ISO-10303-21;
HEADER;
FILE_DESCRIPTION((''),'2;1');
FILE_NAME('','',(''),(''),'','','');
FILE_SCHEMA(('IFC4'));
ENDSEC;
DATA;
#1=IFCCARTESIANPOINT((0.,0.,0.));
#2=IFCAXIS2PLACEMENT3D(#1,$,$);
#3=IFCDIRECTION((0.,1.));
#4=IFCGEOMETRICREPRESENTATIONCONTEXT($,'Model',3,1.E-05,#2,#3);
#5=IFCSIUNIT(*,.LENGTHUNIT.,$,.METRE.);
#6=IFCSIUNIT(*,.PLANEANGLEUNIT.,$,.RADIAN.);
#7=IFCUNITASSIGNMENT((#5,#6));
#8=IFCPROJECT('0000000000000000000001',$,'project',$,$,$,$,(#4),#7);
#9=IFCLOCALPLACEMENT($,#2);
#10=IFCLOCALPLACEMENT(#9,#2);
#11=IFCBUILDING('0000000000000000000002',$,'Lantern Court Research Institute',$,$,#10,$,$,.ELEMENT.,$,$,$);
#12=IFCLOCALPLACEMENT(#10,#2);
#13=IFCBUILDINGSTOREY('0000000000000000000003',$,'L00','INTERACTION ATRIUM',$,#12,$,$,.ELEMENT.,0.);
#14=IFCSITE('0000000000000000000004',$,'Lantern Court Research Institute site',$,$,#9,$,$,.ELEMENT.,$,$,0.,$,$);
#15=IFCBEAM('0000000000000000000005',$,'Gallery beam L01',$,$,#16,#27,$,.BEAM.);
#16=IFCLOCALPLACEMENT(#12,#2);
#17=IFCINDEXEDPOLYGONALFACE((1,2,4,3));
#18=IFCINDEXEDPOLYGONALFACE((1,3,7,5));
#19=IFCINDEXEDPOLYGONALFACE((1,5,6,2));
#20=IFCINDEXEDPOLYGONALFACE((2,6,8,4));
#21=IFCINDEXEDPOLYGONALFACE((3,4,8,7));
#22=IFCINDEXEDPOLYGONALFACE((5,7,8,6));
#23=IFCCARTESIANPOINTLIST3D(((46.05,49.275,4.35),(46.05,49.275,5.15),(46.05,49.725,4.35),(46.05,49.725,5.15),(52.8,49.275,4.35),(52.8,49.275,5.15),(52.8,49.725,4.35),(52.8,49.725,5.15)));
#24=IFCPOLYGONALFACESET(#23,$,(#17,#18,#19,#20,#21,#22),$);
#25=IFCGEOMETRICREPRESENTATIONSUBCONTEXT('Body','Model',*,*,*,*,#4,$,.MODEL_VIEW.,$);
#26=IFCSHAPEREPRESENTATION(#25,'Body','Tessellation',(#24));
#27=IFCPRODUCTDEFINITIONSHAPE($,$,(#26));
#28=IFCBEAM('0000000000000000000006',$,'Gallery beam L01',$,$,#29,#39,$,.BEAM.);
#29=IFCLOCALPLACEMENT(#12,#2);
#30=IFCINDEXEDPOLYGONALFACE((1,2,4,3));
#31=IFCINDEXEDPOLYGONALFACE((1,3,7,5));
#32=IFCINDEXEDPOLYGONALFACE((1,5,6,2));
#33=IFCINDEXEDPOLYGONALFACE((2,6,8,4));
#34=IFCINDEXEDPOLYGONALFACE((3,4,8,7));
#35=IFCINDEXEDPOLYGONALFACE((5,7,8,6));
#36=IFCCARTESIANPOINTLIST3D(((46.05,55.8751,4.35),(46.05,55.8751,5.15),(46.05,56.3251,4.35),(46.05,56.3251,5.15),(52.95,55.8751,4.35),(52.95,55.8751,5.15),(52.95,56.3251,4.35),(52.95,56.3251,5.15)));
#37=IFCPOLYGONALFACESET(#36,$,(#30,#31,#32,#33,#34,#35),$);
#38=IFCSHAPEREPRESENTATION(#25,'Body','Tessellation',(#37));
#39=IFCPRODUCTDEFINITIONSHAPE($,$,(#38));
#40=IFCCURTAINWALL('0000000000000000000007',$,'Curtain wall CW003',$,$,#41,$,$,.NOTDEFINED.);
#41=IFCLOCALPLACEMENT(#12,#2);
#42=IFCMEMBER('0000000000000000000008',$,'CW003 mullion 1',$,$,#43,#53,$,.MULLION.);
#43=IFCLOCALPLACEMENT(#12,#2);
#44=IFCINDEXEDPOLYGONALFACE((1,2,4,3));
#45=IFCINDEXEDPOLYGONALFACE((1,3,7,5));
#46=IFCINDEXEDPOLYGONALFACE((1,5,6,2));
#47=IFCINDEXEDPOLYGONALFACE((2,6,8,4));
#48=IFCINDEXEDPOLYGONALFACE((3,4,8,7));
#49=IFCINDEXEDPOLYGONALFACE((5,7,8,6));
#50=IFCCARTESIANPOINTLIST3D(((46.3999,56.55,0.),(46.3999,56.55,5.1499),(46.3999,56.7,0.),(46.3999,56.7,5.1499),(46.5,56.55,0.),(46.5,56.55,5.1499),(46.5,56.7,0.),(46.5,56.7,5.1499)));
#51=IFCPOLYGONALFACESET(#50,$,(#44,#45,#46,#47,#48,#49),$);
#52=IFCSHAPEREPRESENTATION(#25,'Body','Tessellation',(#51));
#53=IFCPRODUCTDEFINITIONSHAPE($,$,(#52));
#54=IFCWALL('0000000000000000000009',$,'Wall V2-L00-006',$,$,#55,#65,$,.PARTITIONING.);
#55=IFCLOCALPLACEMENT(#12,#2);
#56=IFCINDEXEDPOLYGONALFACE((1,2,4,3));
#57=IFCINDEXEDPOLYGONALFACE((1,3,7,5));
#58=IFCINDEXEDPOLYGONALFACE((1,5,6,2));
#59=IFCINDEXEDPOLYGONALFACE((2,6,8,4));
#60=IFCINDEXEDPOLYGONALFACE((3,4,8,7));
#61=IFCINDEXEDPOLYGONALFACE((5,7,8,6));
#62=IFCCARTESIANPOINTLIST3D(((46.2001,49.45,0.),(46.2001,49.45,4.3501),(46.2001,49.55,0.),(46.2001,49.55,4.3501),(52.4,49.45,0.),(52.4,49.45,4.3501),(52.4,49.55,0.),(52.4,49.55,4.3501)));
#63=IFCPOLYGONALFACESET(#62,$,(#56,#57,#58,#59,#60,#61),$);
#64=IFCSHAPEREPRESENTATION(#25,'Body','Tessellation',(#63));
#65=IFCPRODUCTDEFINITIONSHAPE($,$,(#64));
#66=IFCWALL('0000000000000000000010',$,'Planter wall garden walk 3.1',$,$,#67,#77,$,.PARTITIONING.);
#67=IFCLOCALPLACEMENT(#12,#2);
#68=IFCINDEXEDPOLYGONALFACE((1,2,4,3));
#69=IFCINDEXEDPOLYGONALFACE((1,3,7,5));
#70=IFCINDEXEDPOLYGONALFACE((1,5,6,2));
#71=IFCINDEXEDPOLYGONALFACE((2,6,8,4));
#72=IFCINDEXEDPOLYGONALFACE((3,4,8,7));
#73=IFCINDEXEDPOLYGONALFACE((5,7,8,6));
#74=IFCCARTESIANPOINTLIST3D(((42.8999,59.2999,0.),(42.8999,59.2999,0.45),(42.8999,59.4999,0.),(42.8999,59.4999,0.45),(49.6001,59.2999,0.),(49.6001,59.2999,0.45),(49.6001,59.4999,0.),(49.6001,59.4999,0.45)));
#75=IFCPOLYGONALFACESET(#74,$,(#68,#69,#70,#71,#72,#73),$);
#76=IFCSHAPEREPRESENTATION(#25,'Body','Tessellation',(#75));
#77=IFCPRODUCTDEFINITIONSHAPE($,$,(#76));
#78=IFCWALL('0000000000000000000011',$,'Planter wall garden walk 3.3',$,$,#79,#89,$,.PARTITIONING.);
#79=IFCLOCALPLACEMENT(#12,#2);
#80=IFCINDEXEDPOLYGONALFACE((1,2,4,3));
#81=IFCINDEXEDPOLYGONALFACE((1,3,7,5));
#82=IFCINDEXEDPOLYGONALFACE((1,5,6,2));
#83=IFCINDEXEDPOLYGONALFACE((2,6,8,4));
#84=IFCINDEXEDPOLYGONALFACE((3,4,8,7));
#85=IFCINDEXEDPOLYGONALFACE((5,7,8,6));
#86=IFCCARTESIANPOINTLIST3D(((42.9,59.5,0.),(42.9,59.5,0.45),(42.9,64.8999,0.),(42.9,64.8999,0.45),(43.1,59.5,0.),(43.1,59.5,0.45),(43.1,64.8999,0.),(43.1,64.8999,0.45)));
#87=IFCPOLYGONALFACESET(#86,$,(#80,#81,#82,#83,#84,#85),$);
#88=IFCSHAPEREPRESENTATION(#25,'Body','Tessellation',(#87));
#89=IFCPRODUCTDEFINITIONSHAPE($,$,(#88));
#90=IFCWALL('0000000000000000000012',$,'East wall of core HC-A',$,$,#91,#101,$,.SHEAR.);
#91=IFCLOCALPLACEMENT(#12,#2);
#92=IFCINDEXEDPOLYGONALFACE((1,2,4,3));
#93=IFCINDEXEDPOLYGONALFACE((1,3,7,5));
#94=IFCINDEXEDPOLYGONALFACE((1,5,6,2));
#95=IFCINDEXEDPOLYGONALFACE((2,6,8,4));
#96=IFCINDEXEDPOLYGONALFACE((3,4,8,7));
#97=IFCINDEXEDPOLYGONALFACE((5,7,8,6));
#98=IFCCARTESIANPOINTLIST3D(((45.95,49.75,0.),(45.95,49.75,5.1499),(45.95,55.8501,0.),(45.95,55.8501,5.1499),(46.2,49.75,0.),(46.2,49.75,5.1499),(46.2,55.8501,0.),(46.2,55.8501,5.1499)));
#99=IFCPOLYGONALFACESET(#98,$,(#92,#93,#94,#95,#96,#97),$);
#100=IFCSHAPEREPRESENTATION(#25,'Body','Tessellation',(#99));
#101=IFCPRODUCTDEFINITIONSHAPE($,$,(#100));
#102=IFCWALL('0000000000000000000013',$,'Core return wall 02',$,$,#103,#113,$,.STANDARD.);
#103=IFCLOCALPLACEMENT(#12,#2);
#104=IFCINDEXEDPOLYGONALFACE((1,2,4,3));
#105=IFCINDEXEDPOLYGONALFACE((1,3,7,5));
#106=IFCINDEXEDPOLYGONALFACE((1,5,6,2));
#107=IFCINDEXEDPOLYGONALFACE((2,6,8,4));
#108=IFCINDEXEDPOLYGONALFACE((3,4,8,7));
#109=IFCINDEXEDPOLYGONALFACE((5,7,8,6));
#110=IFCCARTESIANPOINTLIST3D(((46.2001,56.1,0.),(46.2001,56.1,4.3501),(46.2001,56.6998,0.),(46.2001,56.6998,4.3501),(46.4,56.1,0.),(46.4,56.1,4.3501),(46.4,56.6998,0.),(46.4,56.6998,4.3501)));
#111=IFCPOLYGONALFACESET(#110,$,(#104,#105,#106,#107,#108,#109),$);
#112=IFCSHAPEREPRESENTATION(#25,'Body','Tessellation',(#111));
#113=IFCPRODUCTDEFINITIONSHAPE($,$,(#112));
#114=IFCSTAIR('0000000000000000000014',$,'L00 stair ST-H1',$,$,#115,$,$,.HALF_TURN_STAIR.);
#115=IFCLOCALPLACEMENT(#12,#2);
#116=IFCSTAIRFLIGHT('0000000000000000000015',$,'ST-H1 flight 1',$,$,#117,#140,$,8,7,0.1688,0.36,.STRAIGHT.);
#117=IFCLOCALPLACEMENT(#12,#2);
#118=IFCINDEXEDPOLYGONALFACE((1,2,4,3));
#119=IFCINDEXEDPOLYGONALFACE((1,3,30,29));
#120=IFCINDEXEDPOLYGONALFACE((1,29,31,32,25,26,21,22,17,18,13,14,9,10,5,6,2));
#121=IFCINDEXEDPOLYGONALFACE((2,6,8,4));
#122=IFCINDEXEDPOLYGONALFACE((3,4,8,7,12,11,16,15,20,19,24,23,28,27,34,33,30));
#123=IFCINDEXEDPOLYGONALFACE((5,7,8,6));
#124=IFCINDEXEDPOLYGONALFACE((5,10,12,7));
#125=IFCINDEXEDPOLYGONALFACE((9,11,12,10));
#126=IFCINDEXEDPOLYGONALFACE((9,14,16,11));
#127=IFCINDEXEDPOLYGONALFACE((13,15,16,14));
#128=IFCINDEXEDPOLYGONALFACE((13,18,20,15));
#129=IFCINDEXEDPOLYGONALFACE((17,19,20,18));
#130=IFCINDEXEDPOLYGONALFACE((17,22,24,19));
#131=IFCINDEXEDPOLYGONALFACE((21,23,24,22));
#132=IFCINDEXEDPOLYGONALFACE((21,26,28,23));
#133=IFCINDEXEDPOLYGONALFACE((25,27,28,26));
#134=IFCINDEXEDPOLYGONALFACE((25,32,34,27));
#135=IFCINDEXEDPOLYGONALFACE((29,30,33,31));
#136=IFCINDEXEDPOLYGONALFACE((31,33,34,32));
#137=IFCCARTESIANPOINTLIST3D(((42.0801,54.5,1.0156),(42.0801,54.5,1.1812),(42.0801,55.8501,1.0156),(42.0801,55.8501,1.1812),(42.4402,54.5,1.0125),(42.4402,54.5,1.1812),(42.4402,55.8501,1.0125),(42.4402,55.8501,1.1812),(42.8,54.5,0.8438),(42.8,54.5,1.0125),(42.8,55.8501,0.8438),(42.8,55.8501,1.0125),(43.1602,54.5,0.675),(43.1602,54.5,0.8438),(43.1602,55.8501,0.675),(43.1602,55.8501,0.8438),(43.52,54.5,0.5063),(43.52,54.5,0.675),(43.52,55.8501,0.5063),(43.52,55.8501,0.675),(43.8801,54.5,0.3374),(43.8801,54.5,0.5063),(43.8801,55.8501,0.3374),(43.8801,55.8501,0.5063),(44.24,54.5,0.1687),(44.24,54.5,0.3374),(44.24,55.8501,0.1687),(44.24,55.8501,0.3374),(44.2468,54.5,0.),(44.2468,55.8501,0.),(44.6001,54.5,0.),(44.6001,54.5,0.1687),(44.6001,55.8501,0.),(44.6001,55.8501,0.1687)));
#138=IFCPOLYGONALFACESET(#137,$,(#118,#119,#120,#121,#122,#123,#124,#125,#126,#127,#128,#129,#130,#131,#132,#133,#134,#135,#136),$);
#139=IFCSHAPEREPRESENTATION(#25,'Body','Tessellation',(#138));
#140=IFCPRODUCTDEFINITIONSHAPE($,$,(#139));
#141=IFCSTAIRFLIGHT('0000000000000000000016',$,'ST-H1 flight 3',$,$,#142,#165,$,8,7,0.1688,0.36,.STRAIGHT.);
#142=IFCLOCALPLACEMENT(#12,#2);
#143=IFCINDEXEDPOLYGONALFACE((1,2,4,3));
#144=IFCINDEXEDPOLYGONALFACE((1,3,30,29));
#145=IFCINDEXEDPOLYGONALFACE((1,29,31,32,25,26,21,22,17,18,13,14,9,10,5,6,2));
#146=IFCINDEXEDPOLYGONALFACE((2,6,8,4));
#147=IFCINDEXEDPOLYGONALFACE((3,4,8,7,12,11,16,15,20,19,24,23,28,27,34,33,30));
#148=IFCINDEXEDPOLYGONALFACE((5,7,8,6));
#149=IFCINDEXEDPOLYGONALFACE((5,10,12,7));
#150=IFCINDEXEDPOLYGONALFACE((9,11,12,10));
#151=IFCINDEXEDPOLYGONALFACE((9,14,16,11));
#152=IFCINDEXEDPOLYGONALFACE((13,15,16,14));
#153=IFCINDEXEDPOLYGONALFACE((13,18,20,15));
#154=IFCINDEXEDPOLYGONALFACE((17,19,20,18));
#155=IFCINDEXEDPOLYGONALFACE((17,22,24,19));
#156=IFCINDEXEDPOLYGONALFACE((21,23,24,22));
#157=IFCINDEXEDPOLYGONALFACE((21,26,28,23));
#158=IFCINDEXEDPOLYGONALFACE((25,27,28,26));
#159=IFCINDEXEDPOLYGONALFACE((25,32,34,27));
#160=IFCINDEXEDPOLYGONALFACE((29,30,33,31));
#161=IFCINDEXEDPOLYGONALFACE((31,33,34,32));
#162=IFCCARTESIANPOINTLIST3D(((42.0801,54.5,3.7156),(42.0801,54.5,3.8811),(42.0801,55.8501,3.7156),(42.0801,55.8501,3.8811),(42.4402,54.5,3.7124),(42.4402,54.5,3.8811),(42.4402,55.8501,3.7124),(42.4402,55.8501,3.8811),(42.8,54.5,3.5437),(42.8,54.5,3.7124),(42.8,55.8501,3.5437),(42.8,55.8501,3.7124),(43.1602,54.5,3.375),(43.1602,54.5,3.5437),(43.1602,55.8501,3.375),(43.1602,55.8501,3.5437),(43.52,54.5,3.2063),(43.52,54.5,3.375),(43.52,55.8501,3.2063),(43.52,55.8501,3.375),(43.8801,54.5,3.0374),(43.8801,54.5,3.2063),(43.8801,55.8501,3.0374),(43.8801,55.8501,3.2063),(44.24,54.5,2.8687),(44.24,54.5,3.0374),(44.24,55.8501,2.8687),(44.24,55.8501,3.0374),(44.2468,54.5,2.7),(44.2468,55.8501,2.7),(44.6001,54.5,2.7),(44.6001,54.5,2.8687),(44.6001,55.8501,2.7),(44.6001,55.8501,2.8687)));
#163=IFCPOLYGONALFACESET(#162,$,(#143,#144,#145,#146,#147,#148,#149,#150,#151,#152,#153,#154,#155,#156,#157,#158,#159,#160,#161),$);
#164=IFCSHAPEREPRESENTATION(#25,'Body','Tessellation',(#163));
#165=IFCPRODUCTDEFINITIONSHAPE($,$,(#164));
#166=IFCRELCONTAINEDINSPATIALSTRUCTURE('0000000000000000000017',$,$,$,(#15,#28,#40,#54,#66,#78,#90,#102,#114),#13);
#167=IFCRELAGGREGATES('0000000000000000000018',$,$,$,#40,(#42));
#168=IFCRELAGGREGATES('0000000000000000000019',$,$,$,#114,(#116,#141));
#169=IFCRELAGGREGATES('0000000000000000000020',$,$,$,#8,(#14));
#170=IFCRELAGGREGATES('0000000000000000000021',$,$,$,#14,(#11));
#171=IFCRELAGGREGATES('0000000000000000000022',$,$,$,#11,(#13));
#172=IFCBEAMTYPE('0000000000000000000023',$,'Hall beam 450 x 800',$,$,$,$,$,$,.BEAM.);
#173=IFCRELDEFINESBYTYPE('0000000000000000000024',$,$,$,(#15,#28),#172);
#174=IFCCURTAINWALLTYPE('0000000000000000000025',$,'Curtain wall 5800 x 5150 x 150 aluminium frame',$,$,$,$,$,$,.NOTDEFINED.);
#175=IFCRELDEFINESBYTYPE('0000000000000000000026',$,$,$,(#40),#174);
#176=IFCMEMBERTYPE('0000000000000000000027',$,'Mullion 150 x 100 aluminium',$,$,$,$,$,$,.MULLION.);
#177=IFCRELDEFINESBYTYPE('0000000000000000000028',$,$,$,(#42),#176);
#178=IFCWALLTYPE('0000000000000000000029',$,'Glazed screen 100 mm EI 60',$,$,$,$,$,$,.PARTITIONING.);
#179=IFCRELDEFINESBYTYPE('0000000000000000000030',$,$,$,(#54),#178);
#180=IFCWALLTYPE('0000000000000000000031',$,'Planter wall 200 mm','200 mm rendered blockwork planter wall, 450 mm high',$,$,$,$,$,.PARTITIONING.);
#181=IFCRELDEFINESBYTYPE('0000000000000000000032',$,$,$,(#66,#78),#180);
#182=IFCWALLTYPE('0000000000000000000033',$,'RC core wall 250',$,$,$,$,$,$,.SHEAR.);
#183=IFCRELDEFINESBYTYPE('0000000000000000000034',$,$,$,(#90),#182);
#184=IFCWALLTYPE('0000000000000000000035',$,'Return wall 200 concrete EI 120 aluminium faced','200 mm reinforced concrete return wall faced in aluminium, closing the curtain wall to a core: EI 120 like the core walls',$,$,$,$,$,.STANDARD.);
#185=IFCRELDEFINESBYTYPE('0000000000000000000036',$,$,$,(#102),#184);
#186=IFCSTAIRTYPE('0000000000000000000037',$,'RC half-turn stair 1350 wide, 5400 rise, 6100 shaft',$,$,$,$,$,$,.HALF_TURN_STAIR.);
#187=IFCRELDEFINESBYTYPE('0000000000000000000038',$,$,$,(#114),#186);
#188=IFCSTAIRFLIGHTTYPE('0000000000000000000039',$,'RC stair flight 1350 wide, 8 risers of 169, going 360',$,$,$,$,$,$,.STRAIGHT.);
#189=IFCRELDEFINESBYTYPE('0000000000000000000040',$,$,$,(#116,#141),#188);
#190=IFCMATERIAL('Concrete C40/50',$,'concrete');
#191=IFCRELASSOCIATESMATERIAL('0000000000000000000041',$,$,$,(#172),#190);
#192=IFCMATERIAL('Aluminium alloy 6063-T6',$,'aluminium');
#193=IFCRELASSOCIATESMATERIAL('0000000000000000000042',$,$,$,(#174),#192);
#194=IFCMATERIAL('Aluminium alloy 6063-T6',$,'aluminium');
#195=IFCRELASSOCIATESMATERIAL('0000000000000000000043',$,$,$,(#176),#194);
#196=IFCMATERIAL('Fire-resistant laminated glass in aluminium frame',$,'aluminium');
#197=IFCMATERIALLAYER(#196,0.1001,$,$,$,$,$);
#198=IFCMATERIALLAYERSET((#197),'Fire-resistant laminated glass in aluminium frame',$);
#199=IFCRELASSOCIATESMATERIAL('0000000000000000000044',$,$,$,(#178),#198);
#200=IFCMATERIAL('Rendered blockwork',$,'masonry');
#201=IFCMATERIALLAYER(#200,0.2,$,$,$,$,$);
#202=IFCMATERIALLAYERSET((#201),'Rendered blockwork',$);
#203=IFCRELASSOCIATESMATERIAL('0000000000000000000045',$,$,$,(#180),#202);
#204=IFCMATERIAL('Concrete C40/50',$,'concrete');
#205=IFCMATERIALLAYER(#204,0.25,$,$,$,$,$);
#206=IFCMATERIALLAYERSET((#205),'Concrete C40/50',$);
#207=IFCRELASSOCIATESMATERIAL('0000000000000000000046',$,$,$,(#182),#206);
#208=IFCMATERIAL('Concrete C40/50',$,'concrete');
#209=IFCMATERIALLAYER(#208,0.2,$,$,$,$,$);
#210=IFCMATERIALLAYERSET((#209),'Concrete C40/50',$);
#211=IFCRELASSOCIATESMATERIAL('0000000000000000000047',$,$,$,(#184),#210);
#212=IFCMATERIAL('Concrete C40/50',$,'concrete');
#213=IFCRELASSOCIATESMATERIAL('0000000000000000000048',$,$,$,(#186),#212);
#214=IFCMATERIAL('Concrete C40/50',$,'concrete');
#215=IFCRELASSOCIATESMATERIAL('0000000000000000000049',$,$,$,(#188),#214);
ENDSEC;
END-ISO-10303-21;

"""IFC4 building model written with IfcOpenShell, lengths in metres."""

from ifc_helpers import new_model, si_unit, direction, frame, frame_2d, origin, origin_2d, place, context, subcontext, project, spatial, polyline, rectangle, outline, extrude, material, layer, layer_set, material_profile, profile_set, type_object, element, aggregate, save


model = new_model("IFC4")

# Units and contexts
model_context = context("Model", 3, precision=1e-05, world=origin(), true_north=direction((0.0, 1.0)))
body_context = subcontext(model_context, "Body", "Model", "MODEL_VIEW")
ifc_project = project(units=[si_unit("LENGTHUNIT", "METRE"), si_unit("PLANEANGLEUNIT", "RADIAN")], contexts=[model_context])

# Site, building, storey
site_placement = place(None, origin())
site = spatial("IfcSite", under=ifc_project, at=site_placement, Name="Lantern Court Research Institute site", CompositionType="ELEMENT", RefElevation=0.0)
building_placement = place(site_placement, origin())
building = spatial("IfcBuilding", under=site, at=building_placement, Name="Lantern Court Research Institute", CompositionType="ELEMENT")
storey_placement = place(building_placement, origin())
storey = spatial("IfcBuildingStorey", under=building, at=storey_placement, Name="L00", Description="INTERACTION ATRIUM", CompositionType="ELEMENT", Elevation=0.0)

# Beams
ifc_material_1 = material(Name="Concrete C40/50", Category="concrete")
ifc_material_profile_1 = material_profile(ifc_material_1, rectangle(XDim=0.45, YDim=0.8, at=origin_2d()), Name="Hall beam 450 x 800")
ifc_profile_set_1 = profile_set([ifc_material_profile_1], Name="Concrete C40/50")
beam_type = type_object("IfcBeamType", Name="Hall beam 450 x 800", PredefinedType="BEAM", material=ifc_profile_set_1)
beam_1_placement = place(storey_placement, frame((46.05, 49.5, 4.75), z_axis=(1.0, 0.0, 0.0), x_axis=(0.0, 1.0, 0.0)))
element("IfcBeam", 1, at=beam_1_placement, inside=storey, type_object=beam_type, Name="Gallery beam L01", PredefinedType="BEAM", context=body_context, shape_type="SweptSolid", body=[
    extrude(rectangle(XDim=0.45, YDim=0.8, at=origin_2d()), origin(), (0.0, 0.0, 1.0), 6.75),
])
beam_2_placement = place(storey_placement, frame((46.05, 56.1001, 4.75), z_axis=(1.0, 0.0, 0.0), x_axis=(0.0, 1.0, 0.0)))
element("IfcBeam", 2, at=beam_2_placement, inside=storey, type_object=beam_type, Name="Gallery beam L01", PredefinedType="BEAM", context=body_context, shape_type="SweptSolid", body=[
    extrude(rectangle(XDim=0.45, YDim=0.8, at=origin_2d()), origin(), (0.0, 0.0, 1.0), 6.8999),
])

# Curtain wall, member
ifc_material_2 = material(Name="Aluminium alloy 6063-T6", Category="aluminium")
curtain_wall_type = type_object("IfcCurtainWallType", Name="Curtain wall 5800 x 5150 x 150 aluminium frame", PredefinedType="NOTDEFINED", material=ifc_material_2)
curtain_wall_placement = place(storey_placement, origin())
curtain_wall = element("IfcCurtainWall", 3, at=curtain_wall_placement, inside=storey, type_object=curtain_wall_type, Name="Curtain wall CW003", PredefinedType="NOTDEFINED")
ifc_material_3 = material(Name="Aluminium alloy 6063-T6", Category="aluminium")
ifc_material_profile_2 = material_profile(ifc_material_3, rectangle(XDim=0.1499, YDim=0.1001, at=origin_2d()), Name="Mullion 150 x 100")
ifc_profile_set_2 = profile_set([ifc_material_profile_2], Name="Aluminium alloy 6063-T6")
member_type = type_object("IfcMemberType", Name="Mullion 150 x 100 aluminium", PredefinedType="MULLION", material=ifc_profile_set_2)
member_placement = place(storey_placement, frame((46.45, 56.625, 0.0), z_axis=(0.0, 0.0, 1.0), x_axis=(0.0, 1.0, 0.0)))
member = element("IfcMember", 4, at=member_placement, type_object=member_type, Name="CW003 mullion 1", PredefinedType="MULLION", context=body_context, shape_type="SweptSolid", body=[
    extrude(rectangle(XDim=0.1499, YDim=0.1001, at=origin_2d()), origin(), (0.0, 0.0, 1.0), 5.1499),
])
aggregate(curtain_wall, [member])

# Walls
ifc_material_4 = material(Name="Fire-resistant laminated glass in aluminium frame", Category="aluminium")
ifc_layer_1 = layer(ifc_material_4, 0.1001)
ifc_layer_set_1 = layer_set([ifc_layer_1], Name="Fire-resistant laminated glass in aluminium frame")
wall_type_1 = type_object("IfcWallType", Name="Glazed screen 100 mm EI 60", PredefinedType="PARTITIONING", material=ifc_layer_set_1)
wall_1_placement = place(storey_placement, frame((46.2, 49.5, 0.0), z_axis=(0.0, 0.0, 1.0), x_axis=(1.0, 0.0, 0.0)))
element("IfcWall", 5, at=wall_1_placement, inside=storey, type_object=wall_type_1, Name="Wall V2-L00-006", PredefinedType="PARTITIONING", context=body_context, shape_type="SweptSolid", body=[
    extrude(rectangle(XDim=6.2, YDim=0.1001, at=frame_2d((3.1001, 0.0))), origin(), (0.0, 0.0, 1.0), 4.3501),
])
ifc_material_5 = material(Name="Rendered blockwork", Category="masonry")
ifc_layer_2 = layer(ifc_material_5, 0.2)
ifc_layer_set_2 = layer_set([ifc_layer_2], Name="Rendered blockwork")
wall_type_2 = type_object("IfcWallType", Name="Planter wall 200 mm", Description="200 mm rendered blockwork planter wall, 450 mm high", PredefinedType="PARTITIONING", material=ifc_layer_set_2)
wall_2_placement = place(storey_placement, frame((42.8999, 59.3999, 0.0), z_axis=(0.0, 0.0, 1.0), x_axis=(1.0, 0.0, 0.0)))
element("IfcWall", 6, at=wall_2_placement, inside=storey, type_object=wall_type_2, Name="Planter wall garden walk 3.1", PredefinedType="PARTITIONING", context=body_context, shape_type="SweptSolid", body=[
    extrude(rectangle(XDim=6.7002, YDim=0.2, at=frame_2d((3.3501, 0.0))), origin(), (0.0, 0.0, 1.0), 0.45),
])
wall_3_placement = place(storey_placement, frame((43.0, 59.5, 0.0), z_axis=(0.0, 0.0, 1.0), x_axis=(0.0, 1.0, 0.0)))
element("IfcWall", 7, at=wall_3_placement, inside=storey, type_object=wall_type_2, Name="Planter wall garden walk 3.3", PredefinedType="PARTITIONING", context=body_context, shape_type="SweptSolid", body=[
    extrude(rectangle(XDim=5.3999, YDim=0.2, at=frame_2d((2.7, 0.0))), origin(), (0.0, 0.0, 1.0), 0.45),
])
ifc_material_6 = material(Name="Concrete C40/50", Category="concrete")
ifc_layer_3 = layer(ifc_material_6, 0.25)
ifc_layer_set_3 = layer_set([ifc_layer_3], Name="Concrete C40/50")
wall_type_3 = type_object("IfcWallType", Name="RC core wall 250", PredefinedType="SHEAR", material=ifc_layer_set_3)
wall_4_placement = place(storey_placement, frame((46.075, 49.75, 0.0), z_axis=(0.0, 0.0, 1.0), x_axis=(0.0, 1.0, 0.0)))
element("IfcWall", 8, at=wall_4_placement, inside=storey, type_object=wall_type_3, Name="East wall of core HC-A", PredefinedType="SHEAR", context=body_context, shape_type="SweptSolid", body=[
    extrude(rectangle(XDim=6.1001, YDim=0.25, at=frame_2d((3.05, 0.0))), origin(), (0.0, 0.0, 1.0), 5.1499),
])
ifc_material_7 = material(Name="Concrete C40/50", Category="concrete")
ifc_layer_4 = layer(ifc_material_7, 0.2)
ifc_layer_set_4 = layer_set([ifc_layer_4], Name="Concrete C40/50")
wall_type_4 = type_object("IfcWallType", Name="Return wall 200 concrete EI 120 aluminium faced", Description="200 mm reinforced concrete return wall faced in aluminium, closing the curtain wall to a core: EI 120 like the core walls", PredefinedType="STANDARD", material=ifc_layer_set_4)
wall_5_placement = place(storey_placement, frame((46.3, 56.1001, 0.0), z_axis=(0.0, 0.0, 1.0), x_axis=(0.0, 1.0, 0.0)))
element("IfcWall", 9, at=wall_5_placement, inside=storey, type_object=wall_type_4, Name="Core return wall 02", PredefinedType="STANDARD", context=body_context, shape_type="SweptSolid", body=[
    extrude(rectangle(XDim=0.5999, YDim=0.2, at=frame_2d((0.2998, 0.0))), origin(), (0.0, 0.0, 1.0), 4.3501),
])

# Stair, stair flights
ifc_material_8 = material(Name="Concrete C40/50", Category="concrete")
stair_type = type_object("IfcStairType", Name="RC half-turn stair 1350 wide, 5400 rise, 6100 shaft", PredefinedType="HALF_TURN_STAIR", material=ifc_material_8)
stair_placement = place(storey_placement, origin())
stair = element("IfcStair", 10, at=stair_placement, inside=storey, type_object=stair_type, Name="L00 stair ST-H1", PredefinedType="HALF_TURN_STAIR")
ifc_material_9 = material(Name="Concrete C40/50", Category="concrete")
stair_flight_type = type_object("IfcStairFlightType", Name="RC stair flight 1350 wide, 8 risers of 169, going 360", PredefinedType="STRAIGHT", material=ifc_material_9)
stair_flight_1_placement = place(storey_placement, frame((44.6001, 55.175, 0.0), z_axis=(0.0, 0.0, 1.0), x_axis=(-1.0, 0.0, 0.0)))
stair_flight_1 = element("IfcStairFlight", 11, at=stair_flight_1_placement, type_object=stair_flight_type, Name="ST-H1 flight 1", NumberOfRisers=8, NumberOfTreads=7, PredefinedType="STRAIGHT", RiserHeight=0.1688, TreadLength=0.36, context=body_context, shape_type="SweptSolid", body=[
    extrude(outline(polyline([(0.0, 0.0), (0.0, 0.1687), (0.3601, 0.1687), (0.3601, 0.3374), (0.72, 0.3374), (0.72, 0.5063), (1.0801, 0.5063), (1.0801, 0.675), (1.4399, 0.675), (1.4399, 0.8438), (1.8, 0.8438), (1.8, 1.0125), (2.1599, 1.0125), (2.1599, 1.1812), (2.52, 1.1812), (2.52, 1.3501), (2.52, 1.0156), (0.3533, 0.0), (0.0, 0.0)])), frame((0.0, 0.675, 0.0), z_axis=(0.0, -1.0, 0.0), x_axis=(1.0, 0.0, 0.0)), (0.0, 0.0, 1.0), 1.3501),
])
stair_flight_2_placement = place(storey_placement, frame((44.6001, 55.175, 2.7), z_axis=(0.0, 0.0, 1.0), x_axis=(-1.0, 0.0, 0.0)))
stair_flight_2 = element("IfcStairFlight", 12, at=stair_flight_2_placement, type_object=stair_flight_type, Name="ST-H1 flight 3", NumberOfRisers=8, NumberOfTreads=7, PredefinedType="STRAIGHT", RiserHeight=0.1688, TreadLength=0.36, context=body_context, shape_type="SweptSolid", body=[
    extrude(outline(polyline([(0.0, 0.0), (0.0, 0.1687), (0.3601, 0.1687), (0.3601, 0.3374), (0.72, 0.3374), (0.72, 0.5063), (1.0801, 0.5063), (1.0801, 0.675), (1.4399, 0.675), (1.4399, 0.8438), (1.8, 0.8438), (1.8, 1.0125), (2.1599, 1.0125), (2.1599, 1.1812), (2.52, 1.1812), (2.52, 1.3501), (2.52, 1.0156), (0.3533, 0.0), (0.0, 0.0)])), frame((0.0, 0.675, 0.0), z_axis=(0.0, -1.0, 0.0), x_axis=(1.0, 0.0, 0.0)), (0.0, 0.0, 1.0), 1.3501),
])
aggregate(stair, [stair_flight_1, stair_flight_2])

save(model, "model.ifc")
